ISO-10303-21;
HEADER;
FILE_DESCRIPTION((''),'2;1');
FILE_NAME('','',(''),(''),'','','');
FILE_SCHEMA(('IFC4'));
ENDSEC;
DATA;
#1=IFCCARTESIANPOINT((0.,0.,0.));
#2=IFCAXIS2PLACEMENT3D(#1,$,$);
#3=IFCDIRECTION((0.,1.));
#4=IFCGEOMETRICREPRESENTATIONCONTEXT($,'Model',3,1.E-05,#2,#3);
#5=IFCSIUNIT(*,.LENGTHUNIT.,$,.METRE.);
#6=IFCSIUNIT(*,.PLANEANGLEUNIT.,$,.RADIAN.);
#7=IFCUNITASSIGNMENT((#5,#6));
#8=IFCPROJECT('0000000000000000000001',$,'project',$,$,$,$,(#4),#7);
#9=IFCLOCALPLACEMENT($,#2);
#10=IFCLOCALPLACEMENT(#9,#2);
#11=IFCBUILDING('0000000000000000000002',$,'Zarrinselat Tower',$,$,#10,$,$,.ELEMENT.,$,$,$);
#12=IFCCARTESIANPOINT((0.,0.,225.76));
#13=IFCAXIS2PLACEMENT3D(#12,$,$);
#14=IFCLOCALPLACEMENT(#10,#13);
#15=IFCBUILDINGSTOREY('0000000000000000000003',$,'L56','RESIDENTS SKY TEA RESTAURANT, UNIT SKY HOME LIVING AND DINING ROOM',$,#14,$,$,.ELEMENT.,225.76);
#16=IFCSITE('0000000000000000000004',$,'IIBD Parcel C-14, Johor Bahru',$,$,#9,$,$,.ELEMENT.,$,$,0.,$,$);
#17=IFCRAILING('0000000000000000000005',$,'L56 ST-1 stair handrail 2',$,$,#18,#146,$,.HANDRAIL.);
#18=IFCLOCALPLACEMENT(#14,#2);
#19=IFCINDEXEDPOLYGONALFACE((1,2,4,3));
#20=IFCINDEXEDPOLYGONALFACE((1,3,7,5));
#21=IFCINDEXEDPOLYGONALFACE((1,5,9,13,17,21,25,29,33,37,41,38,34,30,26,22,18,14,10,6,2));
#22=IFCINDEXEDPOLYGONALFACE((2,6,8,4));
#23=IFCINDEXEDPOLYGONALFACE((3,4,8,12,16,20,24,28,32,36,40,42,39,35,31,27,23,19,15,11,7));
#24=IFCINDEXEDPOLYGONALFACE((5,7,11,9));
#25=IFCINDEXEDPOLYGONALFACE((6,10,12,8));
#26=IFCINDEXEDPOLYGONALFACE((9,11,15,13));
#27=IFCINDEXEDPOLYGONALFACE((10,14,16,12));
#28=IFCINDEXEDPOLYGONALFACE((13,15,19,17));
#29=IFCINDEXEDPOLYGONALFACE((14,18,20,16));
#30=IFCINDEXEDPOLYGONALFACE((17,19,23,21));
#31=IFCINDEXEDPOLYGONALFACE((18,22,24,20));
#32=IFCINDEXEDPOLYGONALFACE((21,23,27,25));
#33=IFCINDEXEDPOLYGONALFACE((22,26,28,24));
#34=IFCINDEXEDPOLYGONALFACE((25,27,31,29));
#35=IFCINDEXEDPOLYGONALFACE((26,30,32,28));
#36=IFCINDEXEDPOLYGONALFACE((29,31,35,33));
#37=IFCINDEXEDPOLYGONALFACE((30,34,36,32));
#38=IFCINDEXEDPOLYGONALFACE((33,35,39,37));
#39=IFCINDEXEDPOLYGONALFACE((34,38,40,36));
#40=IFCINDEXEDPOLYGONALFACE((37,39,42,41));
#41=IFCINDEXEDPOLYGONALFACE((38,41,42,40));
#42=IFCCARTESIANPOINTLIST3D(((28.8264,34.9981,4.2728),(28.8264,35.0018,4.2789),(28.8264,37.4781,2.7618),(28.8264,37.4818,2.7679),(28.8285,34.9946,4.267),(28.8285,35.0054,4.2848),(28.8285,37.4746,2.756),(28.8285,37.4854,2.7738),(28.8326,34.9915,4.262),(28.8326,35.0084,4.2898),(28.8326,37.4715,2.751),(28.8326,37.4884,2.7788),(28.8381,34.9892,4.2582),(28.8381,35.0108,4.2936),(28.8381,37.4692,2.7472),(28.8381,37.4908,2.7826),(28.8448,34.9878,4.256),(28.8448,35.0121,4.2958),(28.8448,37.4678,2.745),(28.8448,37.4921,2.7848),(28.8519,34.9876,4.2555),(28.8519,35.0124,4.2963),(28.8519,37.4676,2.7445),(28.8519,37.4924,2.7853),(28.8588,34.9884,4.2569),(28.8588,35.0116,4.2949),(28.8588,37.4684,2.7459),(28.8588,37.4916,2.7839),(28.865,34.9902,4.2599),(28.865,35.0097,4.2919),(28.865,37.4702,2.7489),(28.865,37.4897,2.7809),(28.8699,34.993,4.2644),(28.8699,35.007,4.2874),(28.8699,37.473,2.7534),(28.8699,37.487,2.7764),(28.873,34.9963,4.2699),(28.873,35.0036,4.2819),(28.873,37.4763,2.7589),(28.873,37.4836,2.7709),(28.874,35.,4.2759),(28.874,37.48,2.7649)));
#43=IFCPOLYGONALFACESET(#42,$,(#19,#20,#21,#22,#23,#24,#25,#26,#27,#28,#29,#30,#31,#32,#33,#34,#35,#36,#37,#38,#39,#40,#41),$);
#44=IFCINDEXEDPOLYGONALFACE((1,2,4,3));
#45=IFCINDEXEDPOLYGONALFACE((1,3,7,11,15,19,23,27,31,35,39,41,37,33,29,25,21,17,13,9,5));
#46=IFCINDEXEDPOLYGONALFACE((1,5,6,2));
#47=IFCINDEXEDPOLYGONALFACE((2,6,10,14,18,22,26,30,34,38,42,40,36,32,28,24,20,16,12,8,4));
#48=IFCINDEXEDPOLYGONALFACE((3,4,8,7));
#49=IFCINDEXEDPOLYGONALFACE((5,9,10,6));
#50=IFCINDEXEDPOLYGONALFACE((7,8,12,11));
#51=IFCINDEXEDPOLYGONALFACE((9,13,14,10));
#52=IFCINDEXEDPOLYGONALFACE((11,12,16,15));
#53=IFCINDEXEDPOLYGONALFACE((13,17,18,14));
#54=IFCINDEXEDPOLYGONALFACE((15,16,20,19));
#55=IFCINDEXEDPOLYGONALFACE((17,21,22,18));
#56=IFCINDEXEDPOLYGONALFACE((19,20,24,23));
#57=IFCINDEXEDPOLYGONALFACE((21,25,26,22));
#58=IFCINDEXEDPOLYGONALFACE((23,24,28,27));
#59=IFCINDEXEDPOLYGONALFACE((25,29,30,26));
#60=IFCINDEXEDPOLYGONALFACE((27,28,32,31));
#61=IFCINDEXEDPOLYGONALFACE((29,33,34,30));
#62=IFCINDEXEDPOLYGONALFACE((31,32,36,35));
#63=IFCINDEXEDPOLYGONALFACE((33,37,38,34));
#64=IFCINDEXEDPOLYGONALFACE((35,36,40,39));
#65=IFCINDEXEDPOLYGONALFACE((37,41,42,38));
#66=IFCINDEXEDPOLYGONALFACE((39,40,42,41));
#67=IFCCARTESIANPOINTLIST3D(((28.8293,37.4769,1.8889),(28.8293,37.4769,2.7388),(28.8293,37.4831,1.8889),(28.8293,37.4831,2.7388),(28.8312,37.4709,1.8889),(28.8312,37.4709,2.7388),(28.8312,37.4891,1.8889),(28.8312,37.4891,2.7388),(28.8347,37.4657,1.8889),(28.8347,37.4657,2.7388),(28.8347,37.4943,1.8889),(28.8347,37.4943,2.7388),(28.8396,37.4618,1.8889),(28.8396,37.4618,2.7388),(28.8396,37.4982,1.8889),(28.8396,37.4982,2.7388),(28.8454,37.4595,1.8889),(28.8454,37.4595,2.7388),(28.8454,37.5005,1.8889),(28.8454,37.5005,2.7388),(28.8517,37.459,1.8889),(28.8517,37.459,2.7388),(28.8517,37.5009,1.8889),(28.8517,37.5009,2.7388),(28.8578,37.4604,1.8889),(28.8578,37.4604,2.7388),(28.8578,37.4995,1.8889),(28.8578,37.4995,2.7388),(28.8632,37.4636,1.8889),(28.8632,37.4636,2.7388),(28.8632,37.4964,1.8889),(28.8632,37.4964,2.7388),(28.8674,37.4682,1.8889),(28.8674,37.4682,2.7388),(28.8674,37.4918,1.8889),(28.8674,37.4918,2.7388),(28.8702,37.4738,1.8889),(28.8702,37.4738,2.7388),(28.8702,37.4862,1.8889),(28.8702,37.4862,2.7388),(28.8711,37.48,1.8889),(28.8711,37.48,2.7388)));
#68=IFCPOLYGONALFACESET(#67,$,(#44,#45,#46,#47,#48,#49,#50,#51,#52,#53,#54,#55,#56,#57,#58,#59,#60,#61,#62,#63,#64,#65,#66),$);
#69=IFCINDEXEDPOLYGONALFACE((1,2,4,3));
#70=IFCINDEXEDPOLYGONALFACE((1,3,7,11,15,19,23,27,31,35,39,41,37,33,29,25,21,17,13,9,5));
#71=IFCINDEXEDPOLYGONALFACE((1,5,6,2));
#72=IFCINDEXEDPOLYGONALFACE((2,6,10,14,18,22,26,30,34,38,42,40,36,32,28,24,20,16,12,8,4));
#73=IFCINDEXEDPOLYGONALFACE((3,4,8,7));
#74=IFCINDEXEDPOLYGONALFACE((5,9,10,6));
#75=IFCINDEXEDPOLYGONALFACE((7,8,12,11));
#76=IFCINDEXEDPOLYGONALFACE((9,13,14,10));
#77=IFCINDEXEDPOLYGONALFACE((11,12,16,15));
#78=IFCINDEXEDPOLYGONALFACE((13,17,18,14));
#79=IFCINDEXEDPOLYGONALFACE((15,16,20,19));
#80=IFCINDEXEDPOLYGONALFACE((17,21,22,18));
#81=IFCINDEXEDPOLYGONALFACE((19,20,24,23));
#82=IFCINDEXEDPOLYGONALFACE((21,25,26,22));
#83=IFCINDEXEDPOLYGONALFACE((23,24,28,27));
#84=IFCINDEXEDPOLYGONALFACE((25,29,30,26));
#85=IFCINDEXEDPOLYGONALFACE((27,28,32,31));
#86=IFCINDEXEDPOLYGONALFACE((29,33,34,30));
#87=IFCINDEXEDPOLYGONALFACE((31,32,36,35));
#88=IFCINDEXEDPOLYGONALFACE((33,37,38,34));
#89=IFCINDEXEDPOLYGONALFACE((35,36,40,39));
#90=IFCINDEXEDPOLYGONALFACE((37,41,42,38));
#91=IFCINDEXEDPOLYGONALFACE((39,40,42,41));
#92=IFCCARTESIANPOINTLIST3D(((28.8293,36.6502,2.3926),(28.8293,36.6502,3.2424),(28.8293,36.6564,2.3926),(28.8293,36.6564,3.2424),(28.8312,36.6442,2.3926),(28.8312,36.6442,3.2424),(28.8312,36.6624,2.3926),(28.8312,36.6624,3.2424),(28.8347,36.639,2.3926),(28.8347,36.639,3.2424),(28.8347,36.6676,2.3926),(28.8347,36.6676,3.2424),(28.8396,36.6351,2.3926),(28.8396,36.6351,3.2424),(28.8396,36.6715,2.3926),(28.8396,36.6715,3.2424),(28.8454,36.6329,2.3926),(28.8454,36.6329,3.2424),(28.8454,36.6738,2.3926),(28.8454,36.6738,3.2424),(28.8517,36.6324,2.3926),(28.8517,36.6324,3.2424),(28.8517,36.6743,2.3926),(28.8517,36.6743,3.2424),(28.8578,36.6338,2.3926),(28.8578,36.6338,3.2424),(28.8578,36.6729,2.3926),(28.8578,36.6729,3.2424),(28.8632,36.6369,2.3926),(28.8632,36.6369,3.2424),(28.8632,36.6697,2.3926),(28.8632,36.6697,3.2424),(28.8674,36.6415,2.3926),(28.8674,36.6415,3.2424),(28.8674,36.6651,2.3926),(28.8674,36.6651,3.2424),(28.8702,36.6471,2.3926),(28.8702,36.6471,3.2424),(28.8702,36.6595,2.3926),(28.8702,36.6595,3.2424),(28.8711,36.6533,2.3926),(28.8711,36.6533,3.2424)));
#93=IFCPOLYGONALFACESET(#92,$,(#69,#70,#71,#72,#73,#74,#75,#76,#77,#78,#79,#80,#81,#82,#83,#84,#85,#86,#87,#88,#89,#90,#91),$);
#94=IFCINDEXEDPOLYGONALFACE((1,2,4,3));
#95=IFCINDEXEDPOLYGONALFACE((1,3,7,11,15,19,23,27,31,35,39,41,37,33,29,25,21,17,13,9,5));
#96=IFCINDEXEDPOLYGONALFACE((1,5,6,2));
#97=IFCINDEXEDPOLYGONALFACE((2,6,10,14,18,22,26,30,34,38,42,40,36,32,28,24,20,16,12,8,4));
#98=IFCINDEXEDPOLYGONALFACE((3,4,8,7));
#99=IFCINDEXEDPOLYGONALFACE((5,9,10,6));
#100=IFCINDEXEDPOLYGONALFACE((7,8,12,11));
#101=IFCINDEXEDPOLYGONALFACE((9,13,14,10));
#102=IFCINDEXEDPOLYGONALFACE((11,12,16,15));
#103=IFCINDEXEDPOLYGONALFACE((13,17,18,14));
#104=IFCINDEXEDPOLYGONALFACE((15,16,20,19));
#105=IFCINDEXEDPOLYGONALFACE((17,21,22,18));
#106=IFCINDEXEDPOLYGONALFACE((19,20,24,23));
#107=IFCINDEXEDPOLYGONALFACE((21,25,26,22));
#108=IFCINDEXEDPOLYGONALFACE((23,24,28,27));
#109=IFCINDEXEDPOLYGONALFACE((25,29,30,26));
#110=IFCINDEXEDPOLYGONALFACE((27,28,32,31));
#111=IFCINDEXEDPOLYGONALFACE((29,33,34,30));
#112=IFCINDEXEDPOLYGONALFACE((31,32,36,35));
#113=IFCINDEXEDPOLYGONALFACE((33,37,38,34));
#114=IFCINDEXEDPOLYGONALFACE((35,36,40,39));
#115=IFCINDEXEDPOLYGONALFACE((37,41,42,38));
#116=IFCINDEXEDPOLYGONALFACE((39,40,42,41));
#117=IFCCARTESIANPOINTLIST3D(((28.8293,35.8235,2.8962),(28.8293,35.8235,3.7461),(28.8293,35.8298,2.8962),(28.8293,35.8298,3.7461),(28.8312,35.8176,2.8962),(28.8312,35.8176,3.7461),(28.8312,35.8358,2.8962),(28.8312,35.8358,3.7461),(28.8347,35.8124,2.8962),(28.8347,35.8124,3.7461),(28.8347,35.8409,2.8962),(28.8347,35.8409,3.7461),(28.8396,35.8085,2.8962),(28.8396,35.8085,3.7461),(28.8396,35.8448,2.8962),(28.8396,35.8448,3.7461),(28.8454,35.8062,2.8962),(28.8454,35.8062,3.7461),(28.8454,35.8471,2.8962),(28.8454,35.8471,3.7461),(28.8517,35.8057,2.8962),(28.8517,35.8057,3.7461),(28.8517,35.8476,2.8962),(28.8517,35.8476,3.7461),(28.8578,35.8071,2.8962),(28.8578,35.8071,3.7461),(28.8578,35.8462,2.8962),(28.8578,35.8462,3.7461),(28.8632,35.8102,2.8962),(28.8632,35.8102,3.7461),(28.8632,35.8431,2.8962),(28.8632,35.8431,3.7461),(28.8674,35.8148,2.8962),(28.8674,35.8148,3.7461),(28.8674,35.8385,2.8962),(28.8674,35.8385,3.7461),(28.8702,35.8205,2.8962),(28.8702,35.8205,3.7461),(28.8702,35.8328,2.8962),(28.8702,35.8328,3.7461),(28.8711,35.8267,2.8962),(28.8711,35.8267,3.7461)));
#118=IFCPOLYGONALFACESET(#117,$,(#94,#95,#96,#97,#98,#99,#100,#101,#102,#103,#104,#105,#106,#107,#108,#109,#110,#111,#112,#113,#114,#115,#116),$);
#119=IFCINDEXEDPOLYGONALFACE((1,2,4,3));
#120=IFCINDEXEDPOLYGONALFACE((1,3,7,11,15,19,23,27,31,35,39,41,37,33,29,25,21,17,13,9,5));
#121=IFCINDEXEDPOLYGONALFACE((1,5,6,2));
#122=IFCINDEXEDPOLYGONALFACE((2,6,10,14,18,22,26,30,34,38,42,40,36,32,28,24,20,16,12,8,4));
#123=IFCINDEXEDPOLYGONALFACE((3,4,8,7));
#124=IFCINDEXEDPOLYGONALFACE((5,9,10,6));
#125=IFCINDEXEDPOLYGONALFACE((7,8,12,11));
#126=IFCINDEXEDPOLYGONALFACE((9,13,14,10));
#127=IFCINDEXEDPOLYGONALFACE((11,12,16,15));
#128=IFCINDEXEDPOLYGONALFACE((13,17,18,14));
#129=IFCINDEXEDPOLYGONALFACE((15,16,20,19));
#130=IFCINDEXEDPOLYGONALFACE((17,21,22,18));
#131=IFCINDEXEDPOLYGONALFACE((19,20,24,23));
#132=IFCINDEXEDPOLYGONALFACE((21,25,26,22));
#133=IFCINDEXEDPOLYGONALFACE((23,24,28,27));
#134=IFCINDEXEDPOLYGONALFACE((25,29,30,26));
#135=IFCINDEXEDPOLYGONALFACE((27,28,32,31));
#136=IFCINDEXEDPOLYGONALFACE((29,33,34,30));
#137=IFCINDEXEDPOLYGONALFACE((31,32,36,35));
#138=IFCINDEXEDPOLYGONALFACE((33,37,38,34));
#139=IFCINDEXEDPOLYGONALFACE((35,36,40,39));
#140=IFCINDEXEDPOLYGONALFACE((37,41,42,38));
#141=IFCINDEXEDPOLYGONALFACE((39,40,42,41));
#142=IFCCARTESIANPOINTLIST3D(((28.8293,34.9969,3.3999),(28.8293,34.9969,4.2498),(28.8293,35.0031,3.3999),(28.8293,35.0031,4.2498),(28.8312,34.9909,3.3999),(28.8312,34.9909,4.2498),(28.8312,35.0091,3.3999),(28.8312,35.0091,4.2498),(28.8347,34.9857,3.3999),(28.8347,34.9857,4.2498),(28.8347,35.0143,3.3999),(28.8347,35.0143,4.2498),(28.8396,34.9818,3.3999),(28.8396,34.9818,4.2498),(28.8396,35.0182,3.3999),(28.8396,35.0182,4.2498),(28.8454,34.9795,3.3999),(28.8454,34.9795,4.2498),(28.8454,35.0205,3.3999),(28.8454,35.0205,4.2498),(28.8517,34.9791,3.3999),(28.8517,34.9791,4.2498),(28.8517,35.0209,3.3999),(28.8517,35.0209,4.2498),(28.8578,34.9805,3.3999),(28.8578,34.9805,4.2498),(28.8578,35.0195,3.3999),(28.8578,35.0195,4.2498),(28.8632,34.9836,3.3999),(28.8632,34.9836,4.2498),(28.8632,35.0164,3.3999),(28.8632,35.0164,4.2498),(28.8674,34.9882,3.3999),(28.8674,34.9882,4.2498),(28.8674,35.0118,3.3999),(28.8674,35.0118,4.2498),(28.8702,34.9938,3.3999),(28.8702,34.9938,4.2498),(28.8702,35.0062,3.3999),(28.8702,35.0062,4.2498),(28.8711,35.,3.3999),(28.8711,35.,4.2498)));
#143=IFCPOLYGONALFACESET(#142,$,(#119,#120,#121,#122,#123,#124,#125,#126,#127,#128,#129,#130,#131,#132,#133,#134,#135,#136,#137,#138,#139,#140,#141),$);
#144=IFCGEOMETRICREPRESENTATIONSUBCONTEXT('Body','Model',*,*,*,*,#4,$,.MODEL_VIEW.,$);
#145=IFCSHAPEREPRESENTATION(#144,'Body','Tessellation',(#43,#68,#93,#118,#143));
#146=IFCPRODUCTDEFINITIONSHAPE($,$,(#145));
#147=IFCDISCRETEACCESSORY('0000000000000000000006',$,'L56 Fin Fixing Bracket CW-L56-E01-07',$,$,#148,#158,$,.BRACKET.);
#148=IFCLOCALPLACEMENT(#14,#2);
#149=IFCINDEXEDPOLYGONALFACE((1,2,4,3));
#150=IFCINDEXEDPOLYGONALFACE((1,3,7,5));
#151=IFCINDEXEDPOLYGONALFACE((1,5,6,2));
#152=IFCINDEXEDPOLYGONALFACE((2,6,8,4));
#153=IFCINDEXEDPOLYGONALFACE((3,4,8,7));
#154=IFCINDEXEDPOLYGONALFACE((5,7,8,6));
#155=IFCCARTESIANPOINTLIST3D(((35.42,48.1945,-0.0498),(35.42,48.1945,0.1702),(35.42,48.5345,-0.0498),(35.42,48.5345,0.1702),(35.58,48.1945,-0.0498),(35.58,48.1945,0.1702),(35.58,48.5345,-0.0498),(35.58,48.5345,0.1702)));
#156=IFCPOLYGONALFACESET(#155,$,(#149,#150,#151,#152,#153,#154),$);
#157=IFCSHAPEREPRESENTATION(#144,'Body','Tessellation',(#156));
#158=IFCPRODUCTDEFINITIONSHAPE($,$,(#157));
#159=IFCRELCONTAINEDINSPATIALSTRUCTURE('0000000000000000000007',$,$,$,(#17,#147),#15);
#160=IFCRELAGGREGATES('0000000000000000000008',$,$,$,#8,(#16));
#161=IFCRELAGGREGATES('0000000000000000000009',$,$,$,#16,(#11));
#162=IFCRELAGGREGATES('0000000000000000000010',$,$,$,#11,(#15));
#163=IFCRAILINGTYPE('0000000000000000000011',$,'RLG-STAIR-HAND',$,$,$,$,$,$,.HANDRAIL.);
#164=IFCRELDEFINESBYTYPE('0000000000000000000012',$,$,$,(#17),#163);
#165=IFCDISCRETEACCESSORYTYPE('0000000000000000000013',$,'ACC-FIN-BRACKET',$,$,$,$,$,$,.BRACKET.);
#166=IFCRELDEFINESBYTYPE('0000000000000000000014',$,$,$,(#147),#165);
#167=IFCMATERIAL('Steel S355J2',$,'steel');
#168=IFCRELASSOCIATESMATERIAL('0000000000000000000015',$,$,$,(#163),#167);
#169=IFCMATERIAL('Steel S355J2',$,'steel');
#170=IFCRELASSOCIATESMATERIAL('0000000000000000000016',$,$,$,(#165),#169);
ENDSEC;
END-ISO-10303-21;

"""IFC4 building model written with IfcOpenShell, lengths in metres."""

from ifc_helpers import new_model, si_unit, direction, frame, origin, origin_2d, place, context, subcontext, project, spatial, rectangle, circle, extrude, material, type_object, element, save


model = new_model("IFC4")

# Units and contexts
model_context = context("Model", 3, precision=1e-05, world=origin(), true_north=direction((0.0, 1.0)))
body_context = subcontext(model_context, "Body", "Model", "MODEL_VIEW")
ifc_project = project(units=[si_unit("LENGTHUNIT", "METRE"), si_unit("PLANEANGLEUNIT", "RADIAN")], contexts=[model_context])

# Site, building, storey
site_placement = place(None, origin())
site = spatial("IfcSite", under=ifc_project, at=site_placement, Name="IIBD Parcel C-14, Johor Bahru", CompositionType="ELEMENT", RefElevation=0.0)
building_placement = place(site_placement, origin())
building = spatial("IfcBuilding", under=site, at=building_placement, Name="Zarrinselat Tower", CompositionType="ELEMENT")
storey_placement = place(building_placement, frame((0.0, 0.0, 225.76)))
storey = spatial("IfcBuildingStorey", under=building, at=storey_placement, Name="L56", Description="RESIDENTS SKY TEA RESTAURANT, UNIT SKY HOME LIVING AND DINING ROOM", CompositionType="ELEMENT", Elevation=225.76)

# Railing
ifc_material_1 = material(Name="Steel S355J2", Category="steel")
railing_type_1 = type_object("IfcRailingType", Name="RLG-STAIR-HAND", PredefinedType="HANDRAIL", material=ifc_material_1)
railing_1_placement = place(storey_placement, frame((28.8501, 37.48, 1.8889)))
element("IfcRailing", 1, at=railing_1_placement, inside=storey, type_object=railing_type_1, Name="L56 ST-1 stair handrail 2", PredefinedType="HANDRAIL", context=body_context, shape_type="SweptSolid", body=[
    extrude(circle(Radius=0.0239, at=origin_2d()), frame((0.0, 0.0, 0.876), z_axis=(0.0, -0.853979, 0.520307), x_axis=(1.0, 0.0, 0.0)), (0.0, 0.0, 1.0), 2.9041),
    extrude(circle(Radius=0.021, at=origin_2d()), origin(), (0.0, 0.0, 1.0), 0.8499),
    extrude(circle(Radius=0.021, at=origin_2d()), frame((0.0, -0.8267, 0.5037)), (0.0, 0.0, 1.0), 0.8499),
    extrude(circle(Radius=0.021, at=origin_2d()), frame((0.0, -1.6533, 1.0073)), (0.0, 0.0, 1.0), 0.8499),
    extrude(circle(Radius=0.021, at=origin_2d()), frame((0.0, -2.48, 1.511)), (0.0, 0.0, 1.0), 0.8499),
])

# Discrete accessory
ifc_material_2 = material(Name="Steel S355J2", Category="steel")
discrete_accessory_type = type_object("IfcDiscreteAccessoryType", Name="ACC-FIN-BRACKET", PredefinedType="BRACKET", material=ifc_material_2)
discrete_accessory_placement = place(storey_placement, frame((35.5, 48.3645, -0.0498), z_axis=(0.0, 0.0, 1.0), x_axis=(0.0, 1.0, 0.0)))
element("IfcDiscreteAccessory", 2, at=discrete_accessory_placement, inside=storey, type_object=discrete_accessory_type, Name="L56 Fin Fixing Bracket CW-L56-E01-07", PredefinedType="BRACKET", context=body_context, shape_type="SweptSolid", body=[
    extrude(rectangle(XDim=0.3401, YDim=0.1599, at=origin_2d()), origin(), (0.0, 0.0, 1.0), 0.22),
])

save(model, "model.ifc")
